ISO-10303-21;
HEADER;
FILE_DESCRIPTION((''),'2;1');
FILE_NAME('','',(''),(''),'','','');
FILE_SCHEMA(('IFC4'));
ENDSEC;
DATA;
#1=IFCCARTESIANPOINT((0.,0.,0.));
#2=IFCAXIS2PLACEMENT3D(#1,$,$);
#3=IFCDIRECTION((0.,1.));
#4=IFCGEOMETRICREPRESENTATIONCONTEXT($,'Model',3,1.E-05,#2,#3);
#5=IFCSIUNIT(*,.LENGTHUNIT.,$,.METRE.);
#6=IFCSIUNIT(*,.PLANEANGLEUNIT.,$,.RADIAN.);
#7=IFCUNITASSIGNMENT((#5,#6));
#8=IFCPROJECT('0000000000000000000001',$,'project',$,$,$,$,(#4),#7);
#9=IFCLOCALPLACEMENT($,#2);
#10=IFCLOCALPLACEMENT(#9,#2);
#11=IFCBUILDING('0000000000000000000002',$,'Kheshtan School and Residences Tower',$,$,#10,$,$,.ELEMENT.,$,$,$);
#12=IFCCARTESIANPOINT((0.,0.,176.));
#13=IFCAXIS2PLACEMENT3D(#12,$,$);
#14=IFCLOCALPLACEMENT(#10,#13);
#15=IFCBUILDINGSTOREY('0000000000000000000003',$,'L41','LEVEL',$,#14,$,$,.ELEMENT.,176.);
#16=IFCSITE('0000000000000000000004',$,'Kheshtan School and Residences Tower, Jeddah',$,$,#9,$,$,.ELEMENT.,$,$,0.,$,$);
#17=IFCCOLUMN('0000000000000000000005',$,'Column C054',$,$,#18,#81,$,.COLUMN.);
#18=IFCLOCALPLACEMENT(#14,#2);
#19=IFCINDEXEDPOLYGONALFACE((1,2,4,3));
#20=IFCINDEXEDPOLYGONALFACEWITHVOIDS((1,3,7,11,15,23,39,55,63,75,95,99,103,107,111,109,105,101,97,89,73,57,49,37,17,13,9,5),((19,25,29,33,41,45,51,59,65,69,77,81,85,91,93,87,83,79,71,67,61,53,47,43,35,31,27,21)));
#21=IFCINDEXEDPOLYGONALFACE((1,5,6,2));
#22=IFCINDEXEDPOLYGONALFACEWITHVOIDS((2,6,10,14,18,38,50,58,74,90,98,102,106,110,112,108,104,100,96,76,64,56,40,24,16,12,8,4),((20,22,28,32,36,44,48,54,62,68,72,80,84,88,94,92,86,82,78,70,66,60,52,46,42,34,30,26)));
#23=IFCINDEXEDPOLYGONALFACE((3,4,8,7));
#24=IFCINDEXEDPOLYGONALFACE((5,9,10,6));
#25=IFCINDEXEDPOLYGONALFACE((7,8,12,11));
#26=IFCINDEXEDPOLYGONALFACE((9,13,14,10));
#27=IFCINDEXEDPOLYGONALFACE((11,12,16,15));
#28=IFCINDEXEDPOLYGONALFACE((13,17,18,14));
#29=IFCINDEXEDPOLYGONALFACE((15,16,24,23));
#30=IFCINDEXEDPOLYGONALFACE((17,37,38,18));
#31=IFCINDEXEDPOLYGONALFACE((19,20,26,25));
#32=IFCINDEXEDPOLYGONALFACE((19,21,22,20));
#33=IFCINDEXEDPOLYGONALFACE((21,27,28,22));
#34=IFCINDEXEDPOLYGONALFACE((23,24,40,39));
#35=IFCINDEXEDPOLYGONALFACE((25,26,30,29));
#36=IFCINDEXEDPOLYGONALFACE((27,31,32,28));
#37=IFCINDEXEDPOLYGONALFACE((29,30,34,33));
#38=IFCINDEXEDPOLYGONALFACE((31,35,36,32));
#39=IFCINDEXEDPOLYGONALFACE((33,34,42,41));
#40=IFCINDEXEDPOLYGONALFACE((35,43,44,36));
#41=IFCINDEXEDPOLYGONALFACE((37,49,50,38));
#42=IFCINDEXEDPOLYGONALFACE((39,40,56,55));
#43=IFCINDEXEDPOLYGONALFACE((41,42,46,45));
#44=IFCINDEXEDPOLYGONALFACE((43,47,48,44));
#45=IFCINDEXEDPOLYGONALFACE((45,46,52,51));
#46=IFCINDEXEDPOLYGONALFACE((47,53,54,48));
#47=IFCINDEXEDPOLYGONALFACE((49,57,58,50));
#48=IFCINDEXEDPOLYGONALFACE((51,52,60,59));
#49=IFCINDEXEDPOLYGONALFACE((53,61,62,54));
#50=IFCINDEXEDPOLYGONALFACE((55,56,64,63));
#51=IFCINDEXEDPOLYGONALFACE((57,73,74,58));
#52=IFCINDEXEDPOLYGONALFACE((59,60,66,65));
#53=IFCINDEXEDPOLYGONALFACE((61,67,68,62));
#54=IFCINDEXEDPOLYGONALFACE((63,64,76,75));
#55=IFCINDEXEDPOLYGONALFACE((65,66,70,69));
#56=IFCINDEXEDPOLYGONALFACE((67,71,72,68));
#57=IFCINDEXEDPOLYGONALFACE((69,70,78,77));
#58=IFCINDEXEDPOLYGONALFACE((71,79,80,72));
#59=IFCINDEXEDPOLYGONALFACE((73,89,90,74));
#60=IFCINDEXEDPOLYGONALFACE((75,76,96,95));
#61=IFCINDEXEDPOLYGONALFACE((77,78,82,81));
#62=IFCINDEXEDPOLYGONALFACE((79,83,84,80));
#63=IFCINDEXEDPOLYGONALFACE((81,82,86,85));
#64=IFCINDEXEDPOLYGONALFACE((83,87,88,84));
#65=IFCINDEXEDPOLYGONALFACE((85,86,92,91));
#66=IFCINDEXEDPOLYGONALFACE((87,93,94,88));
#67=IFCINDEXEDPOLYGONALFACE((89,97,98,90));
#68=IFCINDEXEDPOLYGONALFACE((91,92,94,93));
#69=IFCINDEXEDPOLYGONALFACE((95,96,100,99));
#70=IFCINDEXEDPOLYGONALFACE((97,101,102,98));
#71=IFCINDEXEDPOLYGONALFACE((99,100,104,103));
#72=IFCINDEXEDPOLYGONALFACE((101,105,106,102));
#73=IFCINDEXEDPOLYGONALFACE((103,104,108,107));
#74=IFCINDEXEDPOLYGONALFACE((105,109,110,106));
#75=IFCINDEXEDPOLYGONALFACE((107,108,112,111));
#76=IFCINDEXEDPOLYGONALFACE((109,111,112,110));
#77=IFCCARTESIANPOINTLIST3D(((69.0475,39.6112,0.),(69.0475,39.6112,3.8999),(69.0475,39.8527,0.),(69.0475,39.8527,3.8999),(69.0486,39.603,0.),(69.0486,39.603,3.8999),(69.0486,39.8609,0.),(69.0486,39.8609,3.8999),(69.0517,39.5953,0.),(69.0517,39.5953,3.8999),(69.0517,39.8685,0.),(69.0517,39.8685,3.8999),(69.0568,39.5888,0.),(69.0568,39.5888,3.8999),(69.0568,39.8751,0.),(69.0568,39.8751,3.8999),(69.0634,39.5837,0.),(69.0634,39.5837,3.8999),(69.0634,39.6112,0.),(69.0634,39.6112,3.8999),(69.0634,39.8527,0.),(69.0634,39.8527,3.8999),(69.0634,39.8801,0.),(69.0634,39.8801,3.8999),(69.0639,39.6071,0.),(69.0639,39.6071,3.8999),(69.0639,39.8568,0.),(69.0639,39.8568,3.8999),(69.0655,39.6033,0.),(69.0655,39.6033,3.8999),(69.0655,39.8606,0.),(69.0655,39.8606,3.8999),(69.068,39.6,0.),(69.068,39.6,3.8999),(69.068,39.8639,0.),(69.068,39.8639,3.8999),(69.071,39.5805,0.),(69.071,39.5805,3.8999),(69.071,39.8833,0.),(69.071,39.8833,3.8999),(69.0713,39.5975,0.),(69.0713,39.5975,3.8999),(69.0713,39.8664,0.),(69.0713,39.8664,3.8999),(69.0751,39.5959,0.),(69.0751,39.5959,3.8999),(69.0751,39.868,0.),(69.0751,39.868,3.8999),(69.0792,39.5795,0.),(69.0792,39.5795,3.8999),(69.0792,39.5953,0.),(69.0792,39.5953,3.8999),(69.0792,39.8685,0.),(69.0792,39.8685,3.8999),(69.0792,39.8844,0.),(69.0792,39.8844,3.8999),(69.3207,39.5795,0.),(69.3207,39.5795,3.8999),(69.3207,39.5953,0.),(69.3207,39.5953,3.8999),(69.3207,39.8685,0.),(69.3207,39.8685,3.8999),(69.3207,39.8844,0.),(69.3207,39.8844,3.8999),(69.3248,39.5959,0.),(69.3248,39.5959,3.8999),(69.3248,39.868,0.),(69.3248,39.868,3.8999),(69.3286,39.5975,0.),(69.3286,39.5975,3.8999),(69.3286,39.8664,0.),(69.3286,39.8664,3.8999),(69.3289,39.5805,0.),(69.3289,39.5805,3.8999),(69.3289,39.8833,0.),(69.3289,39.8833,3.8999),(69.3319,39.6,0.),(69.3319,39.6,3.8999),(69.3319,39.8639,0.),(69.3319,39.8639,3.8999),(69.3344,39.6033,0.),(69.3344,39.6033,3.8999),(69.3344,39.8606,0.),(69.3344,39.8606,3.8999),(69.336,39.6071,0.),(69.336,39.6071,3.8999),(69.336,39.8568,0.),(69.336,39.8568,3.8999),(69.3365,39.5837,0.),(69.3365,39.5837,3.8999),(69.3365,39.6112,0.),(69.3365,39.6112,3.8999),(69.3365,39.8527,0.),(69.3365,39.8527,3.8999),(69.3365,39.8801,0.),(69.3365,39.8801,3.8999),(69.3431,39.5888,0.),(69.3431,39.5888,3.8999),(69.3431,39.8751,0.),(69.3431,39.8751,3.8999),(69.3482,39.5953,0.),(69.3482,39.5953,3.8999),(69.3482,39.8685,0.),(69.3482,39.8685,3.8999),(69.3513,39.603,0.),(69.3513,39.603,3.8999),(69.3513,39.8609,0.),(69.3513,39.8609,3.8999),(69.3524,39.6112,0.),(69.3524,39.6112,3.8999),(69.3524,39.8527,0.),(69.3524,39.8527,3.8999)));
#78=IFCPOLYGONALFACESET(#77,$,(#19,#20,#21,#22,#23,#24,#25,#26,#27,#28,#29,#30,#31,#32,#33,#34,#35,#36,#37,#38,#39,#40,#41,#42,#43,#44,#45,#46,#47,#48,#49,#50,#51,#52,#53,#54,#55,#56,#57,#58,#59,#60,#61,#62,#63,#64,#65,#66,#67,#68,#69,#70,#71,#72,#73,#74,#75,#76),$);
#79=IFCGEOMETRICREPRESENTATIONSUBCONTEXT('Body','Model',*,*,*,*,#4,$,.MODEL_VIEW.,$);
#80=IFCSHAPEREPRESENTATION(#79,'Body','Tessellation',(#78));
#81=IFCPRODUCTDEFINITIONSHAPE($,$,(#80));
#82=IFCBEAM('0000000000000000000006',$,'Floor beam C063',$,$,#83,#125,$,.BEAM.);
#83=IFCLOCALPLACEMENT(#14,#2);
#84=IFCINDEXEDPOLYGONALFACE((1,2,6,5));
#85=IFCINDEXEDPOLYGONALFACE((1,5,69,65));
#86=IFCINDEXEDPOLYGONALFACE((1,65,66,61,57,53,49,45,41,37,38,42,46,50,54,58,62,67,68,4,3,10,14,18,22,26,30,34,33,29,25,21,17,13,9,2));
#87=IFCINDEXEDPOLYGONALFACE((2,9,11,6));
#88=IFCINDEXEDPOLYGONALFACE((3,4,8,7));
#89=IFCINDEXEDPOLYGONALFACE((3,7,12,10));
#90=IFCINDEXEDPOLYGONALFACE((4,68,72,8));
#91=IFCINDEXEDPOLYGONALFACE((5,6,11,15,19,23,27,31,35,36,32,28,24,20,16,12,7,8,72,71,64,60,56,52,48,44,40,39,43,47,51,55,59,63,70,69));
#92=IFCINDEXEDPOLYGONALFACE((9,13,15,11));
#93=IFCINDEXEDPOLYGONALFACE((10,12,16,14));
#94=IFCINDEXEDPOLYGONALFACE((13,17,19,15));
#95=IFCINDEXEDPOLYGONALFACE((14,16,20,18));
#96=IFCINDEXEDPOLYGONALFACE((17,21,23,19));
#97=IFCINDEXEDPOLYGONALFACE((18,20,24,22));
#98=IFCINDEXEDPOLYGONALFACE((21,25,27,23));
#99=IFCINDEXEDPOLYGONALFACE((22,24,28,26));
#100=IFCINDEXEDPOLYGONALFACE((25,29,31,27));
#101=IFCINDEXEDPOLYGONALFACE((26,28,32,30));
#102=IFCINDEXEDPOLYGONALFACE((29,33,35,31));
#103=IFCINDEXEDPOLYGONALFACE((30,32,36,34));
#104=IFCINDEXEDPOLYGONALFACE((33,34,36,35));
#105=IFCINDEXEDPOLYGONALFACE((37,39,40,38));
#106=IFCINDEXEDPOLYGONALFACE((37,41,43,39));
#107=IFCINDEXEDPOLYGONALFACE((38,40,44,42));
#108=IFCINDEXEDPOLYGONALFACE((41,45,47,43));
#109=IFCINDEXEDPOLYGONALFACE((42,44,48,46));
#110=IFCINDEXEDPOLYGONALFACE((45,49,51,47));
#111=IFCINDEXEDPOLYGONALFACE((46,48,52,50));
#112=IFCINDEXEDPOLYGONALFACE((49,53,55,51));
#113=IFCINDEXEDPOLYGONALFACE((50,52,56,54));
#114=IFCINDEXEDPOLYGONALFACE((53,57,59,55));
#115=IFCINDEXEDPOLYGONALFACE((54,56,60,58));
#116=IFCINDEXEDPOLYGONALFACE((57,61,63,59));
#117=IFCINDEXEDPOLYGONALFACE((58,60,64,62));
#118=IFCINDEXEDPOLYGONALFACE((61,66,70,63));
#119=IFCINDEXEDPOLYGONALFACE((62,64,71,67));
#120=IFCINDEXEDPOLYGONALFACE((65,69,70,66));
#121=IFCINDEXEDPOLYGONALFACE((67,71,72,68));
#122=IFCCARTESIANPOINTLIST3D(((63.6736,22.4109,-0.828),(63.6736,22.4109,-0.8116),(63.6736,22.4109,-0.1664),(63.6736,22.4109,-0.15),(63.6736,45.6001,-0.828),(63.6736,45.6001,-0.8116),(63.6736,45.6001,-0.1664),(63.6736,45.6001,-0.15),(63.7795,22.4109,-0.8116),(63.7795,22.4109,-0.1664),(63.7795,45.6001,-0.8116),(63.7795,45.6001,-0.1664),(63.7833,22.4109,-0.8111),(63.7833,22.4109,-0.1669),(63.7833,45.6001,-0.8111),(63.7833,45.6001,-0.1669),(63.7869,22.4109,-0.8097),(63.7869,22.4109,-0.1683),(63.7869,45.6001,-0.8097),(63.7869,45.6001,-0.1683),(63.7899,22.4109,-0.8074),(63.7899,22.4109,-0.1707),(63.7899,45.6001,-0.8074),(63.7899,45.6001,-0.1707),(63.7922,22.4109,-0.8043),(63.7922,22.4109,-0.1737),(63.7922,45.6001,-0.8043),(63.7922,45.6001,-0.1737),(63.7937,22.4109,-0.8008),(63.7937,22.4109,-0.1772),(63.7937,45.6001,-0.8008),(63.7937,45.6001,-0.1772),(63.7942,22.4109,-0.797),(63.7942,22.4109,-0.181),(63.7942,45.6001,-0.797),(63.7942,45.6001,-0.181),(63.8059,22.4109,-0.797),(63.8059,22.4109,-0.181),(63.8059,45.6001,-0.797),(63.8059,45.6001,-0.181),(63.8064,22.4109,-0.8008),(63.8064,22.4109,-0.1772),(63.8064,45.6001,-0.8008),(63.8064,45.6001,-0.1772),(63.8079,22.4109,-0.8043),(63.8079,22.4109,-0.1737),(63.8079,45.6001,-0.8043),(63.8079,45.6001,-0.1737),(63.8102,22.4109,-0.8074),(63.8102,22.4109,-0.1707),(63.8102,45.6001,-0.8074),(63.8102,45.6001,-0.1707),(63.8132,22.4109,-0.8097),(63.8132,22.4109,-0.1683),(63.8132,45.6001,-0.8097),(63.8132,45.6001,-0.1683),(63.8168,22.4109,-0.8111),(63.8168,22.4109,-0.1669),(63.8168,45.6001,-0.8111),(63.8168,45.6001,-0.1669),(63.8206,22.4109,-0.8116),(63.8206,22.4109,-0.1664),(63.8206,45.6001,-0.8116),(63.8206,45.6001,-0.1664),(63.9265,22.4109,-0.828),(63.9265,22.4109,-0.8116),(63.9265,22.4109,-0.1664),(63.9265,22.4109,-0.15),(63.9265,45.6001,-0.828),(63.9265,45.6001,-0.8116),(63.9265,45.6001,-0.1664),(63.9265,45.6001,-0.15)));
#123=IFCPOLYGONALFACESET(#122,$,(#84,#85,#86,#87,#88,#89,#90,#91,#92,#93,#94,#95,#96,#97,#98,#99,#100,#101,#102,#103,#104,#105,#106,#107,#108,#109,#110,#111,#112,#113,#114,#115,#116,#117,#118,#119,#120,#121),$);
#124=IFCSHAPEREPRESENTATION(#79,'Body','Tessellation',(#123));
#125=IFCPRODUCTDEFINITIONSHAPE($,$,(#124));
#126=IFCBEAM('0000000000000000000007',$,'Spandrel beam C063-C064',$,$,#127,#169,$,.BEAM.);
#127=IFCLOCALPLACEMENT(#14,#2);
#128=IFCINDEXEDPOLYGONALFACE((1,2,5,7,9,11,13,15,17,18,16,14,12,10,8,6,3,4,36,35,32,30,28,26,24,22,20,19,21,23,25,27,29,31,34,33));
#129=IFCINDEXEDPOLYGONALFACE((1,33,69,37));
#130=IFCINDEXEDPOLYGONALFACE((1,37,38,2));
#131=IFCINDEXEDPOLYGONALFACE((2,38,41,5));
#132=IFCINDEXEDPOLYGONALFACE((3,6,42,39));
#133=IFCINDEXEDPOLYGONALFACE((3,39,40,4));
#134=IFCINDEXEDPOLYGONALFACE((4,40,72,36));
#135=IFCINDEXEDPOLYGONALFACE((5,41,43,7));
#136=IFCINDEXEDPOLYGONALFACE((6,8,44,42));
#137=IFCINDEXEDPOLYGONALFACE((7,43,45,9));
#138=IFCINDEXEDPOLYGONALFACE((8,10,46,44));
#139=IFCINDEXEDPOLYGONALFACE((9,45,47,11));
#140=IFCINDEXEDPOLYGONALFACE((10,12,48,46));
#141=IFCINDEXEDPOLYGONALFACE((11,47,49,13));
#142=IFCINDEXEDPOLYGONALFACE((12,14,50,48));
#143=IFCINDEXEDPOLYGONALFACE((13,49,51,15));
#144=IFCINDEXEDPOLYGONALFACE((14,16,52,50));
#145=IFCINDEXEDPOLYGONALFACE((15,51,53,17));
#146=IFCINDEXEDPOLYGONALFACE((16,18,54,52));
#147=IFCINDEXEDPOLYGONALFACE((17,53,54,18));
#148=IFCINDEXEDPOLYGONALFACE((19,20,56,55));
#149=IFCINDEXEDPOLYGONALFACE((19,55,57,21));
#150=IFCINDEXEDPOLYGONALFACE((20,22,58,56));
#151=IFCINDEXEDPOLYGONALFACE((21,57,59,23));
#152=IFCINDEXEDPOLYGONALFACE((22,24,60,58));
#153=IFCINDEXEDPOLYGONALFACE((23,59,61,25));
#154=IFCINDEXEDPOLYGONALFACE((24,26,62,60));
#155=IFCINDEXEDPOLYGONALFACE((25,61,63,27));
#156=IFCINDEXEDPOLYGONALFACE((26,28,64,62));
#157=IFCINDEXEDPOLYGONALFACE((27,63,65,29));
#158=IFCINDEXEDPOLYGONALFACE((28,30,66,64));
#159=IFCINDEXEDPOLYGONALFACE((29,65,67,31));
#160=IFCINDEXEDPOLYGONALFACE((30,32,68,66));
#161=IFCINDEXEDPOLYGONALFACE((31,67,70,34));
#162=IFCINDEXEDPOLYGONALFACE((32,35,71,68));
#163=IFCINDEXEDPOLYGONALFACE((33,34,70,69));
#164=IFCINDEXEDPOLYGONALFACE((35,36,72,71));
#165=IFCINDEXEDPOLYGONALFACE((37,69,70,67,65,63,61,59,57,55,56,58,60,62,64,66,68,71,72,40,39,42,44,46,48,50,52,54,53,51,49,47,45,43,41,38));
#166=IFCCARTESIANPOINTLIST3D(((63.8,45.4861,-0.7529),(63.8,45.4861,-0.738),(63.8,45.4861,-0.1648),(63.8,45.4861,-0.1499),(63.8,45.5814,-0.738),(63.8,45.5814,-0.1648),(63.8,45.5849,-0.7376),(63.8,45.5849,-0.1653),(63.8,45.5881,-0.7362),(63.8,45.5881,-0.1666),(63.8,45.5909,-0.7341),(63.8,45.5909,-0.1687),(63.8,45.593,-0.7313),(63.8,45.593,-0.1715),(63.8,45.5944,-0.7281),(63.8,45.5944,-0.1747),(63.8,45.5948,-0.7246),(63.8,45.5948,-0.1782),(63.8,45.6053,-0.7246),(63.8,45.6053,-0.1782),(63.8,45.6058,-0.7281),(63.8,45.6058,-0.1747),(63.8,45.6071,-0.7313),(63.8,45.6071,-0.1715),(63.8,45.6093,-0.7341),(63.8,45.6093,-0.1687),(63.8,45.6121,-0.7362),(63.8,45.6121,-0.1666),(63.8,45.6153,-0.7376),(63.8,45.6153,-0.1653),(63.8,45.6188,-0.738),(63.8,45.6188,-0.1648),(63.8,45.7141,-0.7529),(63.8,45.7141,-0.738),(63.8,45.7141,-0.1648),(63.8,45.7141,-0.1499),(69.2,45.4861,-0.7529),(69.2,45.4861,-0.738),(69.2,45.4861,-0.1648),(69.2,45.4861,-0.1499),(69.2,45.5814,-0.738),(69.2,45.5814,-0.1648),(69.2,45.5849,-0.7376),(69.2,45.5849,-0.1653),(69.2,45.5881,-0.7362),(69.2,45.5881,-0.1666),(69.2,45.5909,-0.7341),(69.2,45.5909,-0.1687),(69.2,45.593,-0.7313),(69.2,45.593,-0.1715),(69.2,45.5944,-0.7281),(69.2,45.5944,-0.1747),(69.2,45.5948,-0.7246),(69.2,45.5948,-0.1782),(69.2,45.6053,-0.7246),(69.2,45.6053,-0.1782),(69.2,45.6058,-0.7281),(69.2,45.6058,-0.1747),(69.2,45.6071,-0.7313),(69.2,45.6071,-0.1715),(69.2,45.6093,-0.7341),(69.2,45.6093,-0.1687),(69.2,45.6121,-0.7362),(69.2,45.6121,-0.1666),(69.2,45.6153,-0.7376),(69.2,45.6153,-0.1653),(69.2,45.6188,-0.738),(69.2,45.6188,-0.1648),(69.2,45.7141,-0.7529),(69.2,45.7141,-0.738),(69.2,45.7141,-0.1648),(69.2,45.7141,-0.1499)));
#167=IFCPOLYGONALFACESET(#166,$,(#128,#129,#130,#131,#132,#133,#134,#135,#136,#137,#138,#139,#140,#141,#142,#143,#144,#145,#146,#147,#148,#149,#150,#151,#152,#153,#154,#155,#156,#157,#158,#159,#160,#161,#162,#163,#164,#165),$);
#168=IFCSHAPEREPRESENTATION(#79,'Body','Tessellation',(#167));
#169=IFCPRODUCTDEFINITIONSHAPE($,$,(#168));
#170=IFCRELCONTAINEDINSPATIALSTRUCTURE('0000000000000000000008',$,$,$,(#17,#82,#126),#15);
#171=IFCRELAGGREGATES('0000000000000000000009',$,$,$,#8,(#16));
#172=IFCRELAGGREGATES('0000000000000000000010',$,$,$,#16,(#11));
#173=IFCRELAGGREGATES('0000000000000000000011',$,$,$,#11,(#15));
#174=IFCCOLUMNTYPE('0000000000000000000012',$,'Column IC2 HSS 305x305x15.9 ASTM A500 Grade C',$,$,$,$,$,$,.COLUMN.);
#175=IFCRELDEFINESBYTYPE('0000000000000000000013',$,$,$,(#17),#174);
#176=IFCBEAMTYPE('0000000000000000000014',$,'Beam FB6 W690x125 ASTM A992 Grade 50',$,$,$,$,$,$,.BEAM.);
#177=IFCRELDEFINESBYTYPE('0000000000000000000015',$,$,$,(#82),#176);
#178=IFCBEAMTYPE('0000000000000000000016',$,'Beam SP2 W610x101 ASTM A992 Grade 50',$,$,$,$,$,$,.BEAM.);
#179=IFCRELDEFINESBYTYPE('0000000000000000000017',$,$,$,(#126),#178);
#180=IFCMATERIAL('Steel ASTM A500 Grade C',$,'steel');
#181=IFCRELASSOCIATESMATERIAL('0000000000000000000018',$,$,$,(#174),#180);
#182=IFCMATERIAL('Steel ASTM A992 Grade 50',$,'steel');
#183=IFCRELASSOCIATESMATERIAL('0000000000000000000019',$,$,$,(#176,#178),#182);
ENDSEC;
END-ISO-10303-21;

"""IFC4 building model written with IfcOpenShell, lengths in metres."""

from ifc_helpers import new_model, si_unit, direction, frame, origin, origin_2d, place, context, subcontext, project, spatial, hollow_rectangle, i_section, extrude, material, material_profile, profile_set, type_object, element, save


model = new_model("IFC4")

# Units and contexts
model_context = context("Model", 3, precision=1e-05, world=origin(), true_north=direction((0.0, 1.0)))
body_context = subcontext(model_context, "Body", "Model", "MODEL_VIEW")
ifc_project = project(units=[si_unit("LENGTHUNIT", "METRE"), si_unit("PLANEANGLEUNIT", "RADIAN")], contexts=[model_context])

# Site, building, storey
site_placement = place(None, origin())
site = spatial("IfcSite", under=ifc_project, at=site_placement, Name="Kheshtan School and Residences Tower, Jeddah", CompositionType="ELEMENT", RefElevation=0.0)
building_placement = place(site_placement, origin())
building = spatial("IfcBuilding", under=site, at=building_placement, Name="Kheshtan School and Residences Tower", CompositionType="ELEMENT")
storey_placement = place(building_placement, frame((0.0, 0.0, 176.0)))
storey = spatial("IfcBuildingStorey", under=building, at=storey_placement, Name="L41", Description="LEVEL", CompositionType="ELEMENT", Elevation=176.0)

# Column
ifc_material_1 = material(Name="Steel ASTM A992 Grade 50", Category="steel")
ifc_material_2 = material(Name="Steel ASTM A500 Grade C", Category="steel")
ifc_material_profile_1 = material_profile(ifc_material_2, hollow_rectangle(XDim=0.3049, YDim=0.3049, WallThickness=0.0159, InnerFilletRadius=0.0159, OuterFilletRadius=0.0317, at=origin_2d()), Name="HSS 305x305x15.9")
ifc_profile_set_1 = profile_set([ifc_material_profile_1], Name="Steel ASTM A500 Grade C")
column_type_1 = type_object("IfcColumnType", Name="Column IC2 HSS 305x305x15.9 ASTM A500 Grade C", PredefinedType="COLUMN", material=ifc_profile_set_1)
column_placement = place(storey_placement, frame((69.2, 39.7319, 0.0), z_axis=(0.0, 0.0, 1.0), x_axis=(1.0, 0.0, 0.0)))
element("IfcColumn", 1, at=column_placement, inside=storey, type_object=column_type_1, Name="Column C054", PredefinedType="COLUMN", context=body_context, shape_type="SweptSolid", body=[
    extrude(hollow_rectangle(XDim=0.3049, YDim=0.3049, WallThickness=0.0159, InnerFilletRadius=0.0159, OuterFilletRadius=0.0317, at=origin_2d()), origin(), (0.0, 0.0, 1.0), 3.8999),
])

# Beams
ifc_material_profile_2 = material_profile(ifc_material_1, i_section(OverallWidth=0.2529, OverallDepth=0.678, WebThickness=0.0117, FlangeThickness=0.0164, FilletRadius=0.0146, at=origin_2d()), Name="W690x125")
ifc_profile_set_2 = profile_set([ifc_material_profile_2], Name="Steel ASTM A992 Grade 50")
beam_type_1 = type_object("IfcBeamType", Name="Beam FB6 W690x125 ASTM A992 Grade 50", PredefinedType="BEAM", material=ifc_profile_set_2)
beam_1_placement = place(storey_placement, frame((63.8, 45.6001, -0.489), z_axis=(0.0, -1.0, 0.0), x_axis=(1.0, 0.0, 0.0)))
element("IfcBeam", 2, at=beam_1_placement, inside=storey, type_object=beam_type_1, Name="Floor beam C063", PredefinedType="BEAM", context=body_context, shape_type="SweptSolid", body=[
    extrude(i_section(OverallWidth=0.2529, OverallDepth=0.678, WebThickness=0.0117, FlangeThickness=0.0164, FilletRadius=0.0146, at=origin_2d()), origin(), (0.0, 0.0, 1.0), 23.1892),
])
ifc_material_profile_3 = material_profile(ifc_material_1, i_section(OverallWidth=0.228, OverallDepth=0.603, WebThickness=0.0105, FlangeThickness=0.0149, FilletRadius=0.0134, at=origin_2d()), Name="W610x101")
ifc_profile_set_3 = profile_set([ifc_material_profile_3], Name="Steel ASTM A992 Grade 50")
beam_type_2 = type_object("IfcBeamType", Name="Beam SP2 W610x101 ASTM A992 Grade 50", PredefinedType="BEAM", material=ifc_profile_set_3)
beam_2_placement = place(storey_placement, frame((63.8, 45.6001, -0.4514), z_axis=(1.0, 0.0, 0.0), x_axis=(0.0, 1.0, 0.0)))
element("IfcBeam", 3, at=beam_2_placement, inside=storey, type_object=beam_type_2, Name="Spandrel beam C063-C064", PredefinedType="BEAM", context=body_context, shape_type="SweptSolid", body=[
    extrude(i_section(OverallWidth=0.228, OverallDepth=0.603, WebThickness=0.0105, FlangeThickness=0.0149, FilletRadius=0.0134, at=origin_2d()), origin(), (0.0, 0.0, 1.0), 5.3999),
])

save(model, "model.ifc")
